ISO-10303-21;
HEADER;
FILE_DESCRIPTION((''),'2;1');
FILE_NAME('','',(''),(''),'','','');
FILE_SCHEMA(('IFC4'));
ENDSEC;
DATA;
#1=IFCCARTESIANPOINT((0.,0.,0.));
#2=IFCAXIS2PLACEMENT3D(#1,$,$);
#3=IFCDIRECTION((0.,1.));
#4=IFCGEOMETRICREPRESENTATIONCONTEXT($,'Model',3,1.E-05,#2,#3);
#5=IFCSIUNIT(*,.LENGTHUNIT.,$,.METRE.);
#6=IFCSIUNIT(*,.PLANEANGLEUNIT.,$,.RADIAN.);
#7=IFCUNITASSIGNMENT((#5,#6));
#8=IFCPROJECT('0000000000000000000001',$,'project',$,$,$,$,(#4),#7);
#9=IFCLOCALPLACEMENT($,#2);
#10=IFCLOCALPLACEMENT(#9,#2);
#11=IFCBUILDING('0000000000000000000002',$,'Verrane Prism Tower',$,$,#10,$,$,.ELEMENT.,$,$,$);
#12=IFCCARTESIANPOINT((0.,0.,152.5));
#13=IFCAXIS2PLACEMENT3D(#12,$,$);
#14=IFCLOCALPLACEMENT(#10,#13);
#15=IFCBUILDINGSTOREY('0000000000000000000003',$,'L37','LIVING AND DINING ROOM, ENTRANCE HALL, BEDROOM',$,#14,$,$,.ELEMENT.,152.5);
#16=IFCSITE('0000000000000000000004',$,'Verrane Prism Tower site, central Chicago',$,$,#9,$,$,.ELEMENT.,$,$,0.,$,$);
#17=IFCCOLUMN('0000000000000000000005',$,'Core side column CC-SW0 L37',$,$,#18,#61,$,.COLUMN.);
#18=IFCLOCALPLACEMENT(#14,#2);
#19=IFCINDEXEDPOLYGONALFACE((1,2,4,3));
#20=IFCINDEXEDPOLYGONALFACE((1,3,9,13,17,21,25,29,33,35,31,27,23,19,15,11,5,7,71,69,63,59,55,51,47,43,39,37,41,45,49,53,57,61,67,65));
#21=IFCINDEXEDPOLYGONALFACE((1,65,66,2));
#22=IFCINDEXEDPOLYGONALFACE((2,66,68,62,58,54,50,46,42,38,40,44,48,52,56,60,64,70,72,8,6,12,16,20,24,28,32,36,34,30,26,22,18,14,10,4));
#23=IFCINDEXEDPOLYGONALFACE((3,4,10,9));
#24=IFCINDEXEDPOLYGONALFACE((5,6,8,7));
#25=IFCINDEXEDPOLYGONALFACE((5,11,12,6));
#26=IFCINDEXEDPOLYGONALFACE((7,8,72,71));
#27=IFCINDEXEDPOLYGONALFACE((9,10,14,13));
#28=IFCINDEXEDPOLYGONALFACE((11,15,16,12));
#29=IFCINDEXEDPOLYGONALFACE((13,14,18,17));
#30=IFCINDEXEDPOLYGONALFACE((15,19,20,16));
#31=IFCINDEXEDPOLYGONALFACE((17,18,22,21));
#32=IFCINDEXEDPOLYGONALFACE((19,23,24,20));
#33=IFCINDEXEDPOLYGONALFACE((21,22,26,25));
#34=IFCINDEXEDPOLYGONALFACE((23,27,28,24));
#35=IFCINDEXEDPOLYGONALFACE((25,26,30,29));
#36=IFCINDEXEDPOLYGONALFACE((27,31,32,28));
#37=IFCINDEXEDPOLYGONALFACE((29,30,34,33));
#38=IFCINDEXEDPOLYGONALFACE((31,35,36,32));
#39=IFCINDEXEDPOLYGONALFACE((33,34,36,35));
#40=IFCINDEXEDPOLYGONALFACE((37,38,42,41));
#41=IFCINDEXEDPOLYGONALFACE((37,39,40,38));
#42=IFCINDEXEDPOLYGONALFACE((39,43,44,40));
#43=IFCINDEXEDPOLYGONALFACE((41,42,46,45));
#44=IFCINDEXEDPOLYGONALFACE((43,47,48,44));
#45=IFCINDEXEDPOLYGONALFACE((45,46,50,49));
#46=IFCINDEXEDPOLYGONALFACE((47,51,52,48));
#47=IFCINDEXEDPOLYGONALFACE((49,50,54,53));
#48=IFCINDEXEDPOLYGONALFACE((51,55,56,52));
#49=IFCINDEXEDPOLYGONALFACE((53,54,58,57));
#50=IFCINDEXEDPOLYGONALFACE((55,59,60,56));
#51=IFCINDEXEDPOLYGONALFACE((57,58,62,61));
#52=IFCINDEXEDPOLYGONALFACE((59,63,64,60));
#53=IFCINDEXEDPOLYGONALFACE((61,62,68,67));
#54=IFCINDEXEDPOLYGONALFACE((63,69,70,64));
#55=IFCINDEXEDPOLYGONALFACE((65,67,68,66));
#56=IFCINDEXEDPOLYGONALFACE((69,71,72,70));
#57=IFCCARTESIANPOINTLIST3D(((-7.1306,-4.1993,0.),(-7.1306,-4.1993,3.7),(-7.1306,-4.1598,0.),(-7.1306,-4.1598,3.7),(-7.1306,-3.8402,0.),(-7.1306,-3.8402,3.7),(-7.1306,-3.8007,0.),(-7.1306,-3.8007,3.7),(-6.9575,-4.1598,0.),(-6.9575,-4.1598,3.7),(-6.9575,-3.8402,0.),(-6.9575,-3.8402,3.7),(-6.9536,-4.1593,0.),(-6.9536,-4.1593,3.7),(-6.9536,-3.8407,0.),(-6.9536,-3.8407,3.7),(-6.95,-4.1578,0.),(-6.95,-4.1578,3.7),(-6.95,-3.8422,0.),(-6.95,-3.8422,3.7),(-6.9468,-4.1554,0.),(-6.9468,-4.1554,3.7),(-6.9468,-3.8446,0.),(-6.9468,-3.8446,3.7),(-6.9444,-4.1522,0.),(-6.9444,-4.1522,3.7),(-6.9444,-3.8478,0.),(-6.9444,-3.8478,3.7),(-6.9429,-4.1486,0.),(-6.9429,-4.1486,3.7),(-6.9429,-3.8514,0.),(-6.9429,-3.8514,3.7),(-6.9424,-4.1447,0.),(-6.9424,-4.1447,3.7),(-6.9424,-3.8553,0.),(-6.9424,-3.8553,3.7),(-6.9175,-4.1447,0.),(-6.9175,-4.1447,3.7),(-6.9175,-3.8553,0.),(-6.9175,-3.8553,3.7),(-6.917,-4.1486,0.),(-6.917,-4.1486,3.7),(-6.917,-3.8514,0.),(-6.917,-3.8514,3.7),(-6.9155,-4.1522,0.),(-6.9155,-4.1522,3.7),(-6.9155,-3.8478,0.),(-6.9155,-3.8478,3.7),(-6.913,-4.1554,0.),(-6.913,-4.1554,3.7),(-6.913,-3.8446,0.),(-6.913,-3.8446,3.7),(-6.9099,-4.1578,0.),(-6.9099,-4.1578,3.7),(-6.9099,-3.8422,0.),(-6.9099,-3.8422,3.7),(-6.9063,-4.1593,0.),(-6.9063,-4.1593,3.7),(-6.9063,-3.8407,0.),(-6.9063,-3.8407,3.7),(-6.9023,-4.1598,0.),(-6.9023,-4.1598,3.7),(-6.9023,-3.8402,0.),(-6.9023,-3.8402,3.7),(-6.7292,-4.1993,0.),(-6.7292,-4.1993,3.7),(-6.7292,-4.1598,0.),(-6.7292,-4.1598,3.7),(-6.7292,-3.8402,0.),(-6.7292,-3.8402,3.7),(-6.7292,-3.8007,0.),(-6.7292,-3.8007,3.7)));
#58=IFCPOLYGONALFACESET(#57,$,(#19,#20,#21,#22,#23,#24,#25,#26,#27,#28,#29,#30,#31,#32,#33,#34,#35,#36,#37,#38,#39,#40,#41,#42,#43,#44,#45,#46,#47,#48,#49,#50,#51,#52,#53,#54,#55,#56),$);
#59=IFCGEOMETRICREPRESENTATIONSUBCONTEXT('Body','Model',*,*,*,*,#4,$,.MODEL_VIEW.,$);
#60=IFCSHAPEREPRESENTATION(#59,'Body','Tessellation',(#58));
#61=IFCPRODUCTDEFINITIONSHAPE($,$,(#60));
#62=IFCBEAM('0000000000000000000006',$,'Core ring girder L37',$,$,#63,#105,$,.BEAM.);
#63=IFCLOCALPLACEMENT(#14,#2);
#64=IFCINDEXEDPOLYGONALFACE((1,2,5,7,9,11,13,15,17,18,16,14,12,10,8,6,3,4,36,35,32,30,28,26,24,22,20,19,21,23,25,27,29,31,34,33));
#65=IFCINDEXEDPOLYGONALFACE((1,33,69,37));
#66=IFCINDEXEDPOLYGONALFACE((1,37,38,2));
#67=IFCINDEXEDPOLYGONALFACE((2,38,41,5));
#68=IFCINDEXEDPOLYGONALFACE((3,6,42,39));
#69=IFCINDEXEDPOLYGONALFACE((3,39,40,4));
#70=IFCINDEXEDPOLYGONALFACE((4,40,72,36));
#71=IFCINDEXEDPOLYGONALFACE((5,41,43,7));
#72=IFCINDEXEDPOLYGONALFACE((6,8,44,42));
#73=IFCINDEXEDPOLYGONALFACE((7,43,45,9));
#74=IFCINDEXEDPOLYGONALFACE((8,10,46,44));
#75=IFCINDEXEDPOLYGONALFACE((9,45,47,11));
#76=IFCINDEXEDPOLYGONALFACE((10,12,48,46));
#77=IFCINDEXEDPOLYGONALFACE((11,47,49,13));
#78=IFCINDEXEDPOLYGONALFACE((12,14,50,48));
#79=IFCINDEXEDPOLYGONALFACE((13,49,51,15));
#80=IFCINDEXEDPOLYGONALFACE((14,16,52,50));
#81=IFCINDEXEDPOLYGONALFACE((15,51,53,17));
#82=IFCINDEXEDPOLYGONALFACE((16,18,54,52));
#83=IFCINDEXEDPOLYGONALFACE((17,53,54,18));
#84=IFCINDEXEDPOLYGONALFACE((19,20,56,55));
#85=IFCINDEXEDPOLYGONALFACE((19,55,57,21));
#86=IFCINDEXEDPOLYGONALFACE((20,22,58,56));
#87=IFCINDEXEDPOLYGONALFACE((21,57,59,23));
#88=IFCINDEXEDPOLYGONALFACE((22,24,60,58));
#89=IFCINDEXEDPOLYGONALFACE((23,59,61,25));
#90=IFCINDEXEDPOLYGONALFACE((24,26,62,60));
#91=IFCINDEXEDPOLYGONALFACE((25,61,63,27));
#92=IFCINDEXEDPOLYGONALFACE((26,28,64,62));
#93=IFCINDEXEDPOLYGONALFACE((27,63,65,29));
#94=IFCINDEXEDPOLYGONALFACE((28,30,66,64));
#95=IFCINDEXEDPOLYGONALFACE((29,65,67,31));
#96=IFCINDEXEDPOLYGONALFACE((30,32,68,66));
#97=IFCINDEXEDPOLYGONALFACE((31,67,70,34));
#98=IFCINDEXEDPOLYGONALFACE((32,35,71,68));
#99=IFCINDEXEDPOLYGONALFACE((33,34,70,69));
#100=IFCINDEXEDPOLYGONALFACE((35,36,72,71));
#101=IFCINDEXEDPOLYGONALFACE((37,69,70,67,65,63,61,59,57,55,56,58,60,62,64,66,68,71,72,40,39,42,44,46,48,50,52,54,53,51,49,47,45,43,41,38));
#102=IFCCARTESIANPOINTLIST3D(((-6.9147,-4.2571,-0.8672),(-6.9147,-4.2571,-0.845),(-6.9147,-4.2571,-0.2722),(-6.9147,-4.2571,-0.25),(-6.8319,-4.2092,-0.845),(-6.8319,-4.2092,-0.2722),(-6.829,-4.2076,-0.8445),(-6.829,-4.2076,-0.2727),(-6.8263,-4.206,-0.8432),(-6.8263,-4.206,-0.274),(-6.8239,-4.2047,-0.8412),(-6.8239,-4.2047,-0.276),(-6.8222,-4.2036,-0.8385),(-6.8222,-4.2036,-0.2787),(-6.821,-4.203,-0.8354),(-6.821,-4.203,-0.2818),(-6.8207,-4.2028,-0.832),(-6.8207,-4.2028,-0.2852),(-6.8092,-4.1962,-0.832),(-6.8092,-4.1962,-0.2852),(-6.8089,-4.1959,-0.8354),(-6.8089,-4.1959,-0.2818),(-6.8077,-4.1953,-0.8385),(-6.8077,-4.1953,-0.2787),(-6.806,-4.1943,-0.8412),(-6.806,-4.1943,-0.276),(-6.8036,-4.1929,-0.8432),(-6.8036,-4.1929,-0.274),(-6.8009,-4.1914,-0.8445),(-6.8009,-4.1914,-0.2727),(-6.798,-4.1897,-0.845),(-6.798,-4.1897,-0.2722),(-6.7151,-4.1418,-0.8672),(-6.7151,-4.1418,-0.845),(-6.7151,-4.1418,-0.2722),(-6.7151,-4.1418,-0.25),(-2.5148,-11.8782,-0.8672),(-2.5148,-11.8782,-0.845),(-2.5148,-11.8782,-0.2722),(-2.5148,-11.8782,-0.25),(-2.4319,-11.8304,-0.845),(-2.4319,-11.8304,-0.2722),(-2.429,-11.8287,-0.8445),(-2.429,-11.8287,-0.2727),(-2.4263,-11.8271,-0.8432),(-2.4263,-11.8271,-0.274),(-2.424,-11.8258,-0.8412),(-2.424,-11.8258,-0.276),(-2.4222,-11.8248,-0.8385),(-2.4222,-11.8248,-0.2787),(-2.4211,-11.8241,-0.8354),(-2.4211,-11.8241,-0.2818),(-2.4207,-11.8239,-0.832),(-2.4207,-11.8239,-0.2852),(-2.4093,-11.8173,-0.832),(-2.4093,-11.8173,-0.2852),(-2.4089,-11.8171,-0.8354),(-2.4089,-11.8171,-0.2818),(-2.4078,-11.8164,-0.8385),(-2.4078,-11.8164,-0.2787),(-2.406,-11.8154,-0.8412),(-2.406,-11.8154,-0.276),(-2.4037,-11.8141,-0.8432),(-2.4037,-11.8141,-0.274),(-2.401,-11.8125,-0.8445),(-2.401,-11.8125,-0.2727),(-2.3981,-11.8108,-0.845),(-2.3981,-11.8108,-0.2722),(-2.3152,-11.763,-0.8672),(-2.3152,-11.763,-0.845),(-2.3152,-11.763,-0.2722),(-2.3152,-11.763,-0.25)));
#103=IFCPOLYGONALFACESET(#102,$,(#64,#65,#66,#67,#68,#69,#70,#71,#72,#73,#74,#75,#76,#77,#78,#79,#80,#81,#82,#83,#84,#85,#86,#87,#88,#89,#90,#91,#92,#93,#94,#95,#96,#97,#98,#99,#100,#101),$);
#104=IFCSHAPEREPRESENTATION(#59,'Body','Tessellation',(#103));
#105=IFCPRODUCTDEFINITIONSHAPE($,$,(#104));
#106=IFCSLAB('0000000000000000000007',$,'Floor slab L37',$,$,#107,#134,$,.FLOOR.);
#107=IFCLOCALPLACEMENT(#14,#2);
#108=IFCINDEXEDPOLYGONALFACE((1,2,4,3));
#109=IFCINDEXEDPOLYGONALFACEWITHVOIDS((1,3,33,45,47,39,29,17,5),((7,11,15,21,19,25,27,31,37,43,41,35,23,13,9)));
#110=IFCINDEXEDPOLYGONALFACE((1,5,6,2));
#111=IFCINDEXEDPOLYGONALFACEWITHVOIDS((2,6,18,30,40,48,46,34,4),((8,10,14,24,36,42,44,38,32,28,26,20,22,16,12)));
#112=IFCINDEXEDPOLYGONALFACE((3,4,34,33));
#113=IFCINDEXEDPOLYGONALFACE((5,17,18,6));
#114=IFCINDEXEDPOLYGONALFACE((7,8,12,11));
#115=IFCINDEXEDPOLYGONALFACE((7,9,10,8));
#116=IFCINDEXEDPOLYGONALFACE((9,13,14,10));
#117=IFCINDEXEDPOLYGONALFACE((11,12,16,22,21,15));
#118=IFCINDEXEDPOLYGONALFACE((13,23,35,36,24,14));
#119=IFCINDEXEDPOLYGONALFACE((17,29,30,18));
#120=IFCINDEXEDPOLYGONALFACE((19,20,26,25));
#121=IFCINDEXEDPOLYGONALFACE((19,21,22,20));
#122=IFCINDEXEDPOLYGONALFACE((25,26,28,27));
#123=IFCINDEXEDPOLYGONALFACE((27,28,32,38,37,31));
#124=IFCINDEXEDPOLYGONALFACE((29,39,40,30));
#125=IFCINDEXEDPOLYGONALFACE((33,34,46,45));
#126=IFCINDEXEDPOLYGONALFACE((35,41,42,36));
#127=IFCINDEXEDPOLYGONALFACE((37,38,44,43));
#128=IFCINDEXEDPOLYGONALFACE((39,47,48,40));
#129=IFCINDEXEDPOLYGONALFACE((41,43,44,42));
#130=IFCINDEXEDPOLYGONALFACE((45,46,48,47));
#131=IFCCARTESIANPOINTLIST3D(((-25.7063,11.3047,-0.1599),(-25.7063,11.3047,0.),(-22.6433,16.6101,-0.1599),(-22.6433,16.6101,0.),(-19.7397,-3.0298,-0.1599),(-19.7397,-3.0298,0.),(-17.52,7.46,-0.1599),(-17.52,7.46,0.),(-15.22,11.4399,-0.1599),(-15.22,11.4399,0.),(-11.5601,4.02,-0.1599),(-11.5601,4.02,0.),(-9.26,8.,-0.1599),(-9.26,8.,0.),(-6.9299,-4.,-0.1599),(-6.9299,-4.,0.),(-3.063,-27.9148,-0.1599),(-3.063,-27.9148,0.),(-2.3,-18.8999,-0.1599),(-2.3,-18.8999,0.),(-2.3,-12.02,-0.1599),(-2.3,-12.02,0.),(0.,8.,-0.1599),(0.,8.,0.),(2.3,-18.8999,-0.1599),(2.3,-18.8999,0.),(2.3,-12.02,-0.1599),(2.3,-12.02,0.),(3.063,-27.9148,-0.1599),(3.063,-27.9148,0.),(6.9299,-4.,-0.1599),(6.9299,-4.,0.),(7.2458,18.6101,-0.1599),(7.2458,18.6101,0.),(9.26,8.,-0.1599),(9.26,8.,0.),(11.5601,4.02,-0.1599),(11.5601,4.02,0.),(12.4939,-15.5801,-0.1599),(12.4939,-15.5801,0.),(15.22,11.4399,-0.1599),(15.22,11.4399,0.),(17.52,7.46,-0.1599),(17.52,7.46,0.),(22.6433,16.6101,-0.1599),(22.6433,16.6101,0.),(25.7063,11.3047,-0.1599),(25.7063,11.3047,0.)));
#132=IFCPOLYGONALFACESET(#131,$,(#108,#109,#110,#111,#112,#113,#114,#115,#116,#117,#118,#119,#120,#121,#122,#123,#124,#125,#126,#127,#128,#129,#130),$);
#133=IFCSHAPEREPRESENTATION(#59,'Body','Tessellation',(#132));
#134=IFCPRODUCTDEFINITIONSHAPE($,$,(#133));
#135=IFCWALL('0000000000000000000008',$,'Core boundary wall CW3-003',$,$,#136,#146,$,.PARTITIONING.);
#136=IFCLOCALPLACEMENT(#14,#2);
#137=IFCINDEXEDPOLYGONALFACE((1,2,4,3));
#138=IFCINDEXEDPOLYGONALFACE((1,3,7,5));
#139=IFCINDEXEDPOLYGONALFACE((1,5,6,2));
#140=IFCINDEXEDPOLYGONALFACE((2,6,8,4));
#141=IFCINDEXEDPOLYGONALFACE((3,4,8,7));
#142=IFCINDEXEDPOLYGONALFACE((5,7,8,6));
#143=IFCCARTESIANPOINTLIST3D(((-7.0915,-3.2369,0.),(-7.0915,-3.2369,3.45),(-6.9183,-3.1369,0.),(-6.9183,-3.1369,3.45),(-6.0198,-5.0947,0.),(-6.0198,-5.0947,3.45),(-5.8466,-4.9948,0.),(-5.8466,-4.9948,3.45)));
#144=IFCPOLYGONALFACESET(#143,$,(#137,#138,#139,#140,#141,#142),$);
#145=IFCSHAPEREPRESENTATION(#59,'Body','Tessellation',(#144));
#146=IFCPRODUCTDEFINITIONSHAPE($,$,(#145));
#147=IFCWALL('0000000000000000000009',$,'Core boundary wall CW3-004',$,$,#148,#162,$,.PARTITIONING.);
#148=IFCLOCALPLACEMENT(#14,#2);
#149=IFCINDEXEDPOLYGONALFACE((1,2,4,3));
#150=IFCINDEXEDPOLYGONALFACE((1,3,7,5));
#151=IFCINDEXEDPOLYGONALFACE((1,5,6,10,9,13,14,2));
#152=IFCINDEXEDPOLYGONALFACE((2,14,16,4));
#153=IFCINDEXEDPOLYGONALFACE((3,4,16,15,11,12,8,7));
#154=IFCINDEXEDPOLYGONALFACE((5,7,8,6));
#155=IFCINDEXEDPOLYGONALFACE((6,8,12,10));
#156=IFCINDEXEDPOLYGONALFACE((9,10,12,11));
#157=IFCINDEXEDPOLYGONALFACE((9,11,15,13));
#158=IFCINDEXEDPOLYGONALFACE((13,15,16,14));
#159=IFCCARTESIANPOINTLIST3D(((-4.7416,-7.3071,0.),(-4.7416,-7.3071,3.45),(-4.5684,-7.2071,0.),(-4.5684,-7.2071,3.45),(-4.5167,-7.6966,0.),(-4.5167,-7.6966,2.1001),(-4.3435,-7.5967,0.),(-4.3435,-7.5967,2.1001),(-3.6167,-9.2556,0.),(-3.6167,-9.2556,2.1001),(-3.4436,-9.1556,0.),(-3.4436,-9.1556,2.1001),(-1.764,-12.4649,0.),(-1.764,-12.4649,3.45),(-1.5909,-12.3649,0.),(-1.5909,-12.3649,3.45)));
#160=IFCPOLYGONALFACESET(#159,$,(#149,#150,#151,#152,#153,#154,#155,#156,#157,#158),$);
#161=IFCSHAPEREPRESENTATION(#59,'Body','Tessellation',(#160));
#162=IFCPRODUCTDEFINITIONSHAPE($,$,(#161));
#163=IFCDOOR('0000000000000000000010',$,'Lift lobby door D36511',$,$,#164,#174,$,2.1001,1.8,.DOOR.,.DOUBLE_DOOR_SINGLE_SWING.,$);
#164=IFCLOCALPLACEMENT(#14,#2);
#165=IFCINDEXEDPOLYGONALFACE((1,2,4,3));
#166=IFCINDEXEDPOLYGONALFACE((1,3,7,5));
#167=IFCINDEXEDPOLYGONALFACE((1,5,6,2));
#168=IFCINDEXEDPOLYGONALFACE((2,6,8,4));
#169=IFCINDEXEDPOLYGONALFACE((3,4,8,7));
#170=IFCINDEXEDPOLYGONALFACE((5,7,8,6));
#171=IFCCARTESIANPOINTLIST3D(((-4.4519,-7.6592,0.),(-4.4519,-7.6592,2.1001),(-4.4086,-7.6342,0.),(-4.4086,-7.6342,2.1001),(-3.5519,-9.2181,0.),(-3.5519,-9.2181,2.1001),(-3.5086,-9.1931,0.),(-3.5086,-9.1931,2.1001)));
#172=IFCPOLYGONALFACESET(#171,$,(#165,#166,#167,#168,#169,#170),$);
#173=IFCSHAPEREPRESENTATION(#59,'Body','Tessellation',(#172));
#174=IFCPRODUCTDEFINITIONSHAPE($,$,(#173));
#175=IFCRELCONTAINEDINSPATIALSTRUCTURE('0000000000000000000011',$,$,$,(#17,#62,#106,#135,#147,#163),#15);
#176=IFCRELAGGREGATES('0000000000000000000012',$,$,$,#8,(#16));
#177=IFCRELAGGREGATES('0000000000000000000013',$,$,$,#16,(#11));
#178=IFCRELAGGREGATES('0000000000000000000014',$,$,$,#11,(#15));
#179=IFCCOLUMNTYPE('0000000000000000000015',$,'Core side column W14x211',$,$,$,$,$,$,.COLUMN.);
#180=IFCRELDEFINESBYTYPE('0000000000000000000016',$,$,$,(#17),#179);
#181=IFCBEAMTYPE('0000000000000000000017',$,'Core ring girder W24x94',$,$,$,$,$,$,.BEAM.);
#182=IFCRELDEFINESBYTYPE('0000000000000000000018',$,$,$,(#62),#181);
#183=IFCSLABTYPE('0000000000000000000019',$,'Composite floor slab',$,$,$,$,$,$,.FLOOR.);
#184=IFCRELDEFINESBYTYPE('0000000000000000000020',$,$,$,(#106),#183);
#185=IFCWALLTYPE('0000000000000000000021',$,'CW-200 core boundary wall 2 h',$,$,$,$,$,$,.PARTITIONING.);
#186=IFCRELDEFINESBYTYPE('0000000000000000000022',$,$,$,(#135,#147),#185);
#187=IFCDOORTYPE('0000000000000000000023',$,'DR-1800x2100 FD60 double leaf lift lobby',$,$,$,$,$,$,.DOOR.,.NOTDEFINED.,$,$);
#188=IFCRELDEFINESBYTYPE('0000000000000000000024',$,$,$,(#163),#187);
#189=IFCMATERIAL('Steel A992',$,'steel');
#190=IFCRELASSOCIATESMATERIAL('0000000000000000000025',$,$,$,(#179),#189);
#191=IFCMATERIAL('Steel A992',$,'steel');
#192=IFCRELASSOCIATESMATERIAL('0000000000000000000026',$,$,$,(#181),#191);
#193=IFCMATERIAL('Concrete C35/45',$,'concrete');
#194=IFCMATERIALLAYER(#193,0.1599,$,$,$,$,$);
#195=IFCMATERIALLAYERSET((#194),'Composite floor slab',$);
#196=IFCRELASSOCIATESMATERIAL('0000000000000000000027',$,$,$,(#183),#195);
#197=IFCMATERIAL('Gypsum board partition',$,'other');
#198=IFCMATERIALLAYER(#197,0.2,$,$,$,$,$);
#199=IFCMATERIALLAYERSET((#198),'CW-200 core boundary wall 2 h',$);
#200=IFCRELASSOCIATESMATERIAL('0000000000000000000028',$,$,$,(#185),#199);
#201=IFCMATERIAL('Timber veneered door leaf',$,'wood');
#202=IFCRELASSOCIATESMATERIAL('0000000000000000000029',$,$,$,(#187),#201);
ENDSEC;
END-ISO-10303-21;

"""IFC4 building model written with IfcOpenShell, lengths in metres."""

from ifc_helpers import new_model, si_unit, direction, frame, frame_2d, origin, origin_2d, place, context, subcontext, project, spatial, polyline, rectangle, i_section, outline, extrude, material, layer, layer_set, material_profile, profile_set, type_object, element, fill, save


model = new_model("IFC4")

# Units and contexts
model_context = context("Model", 3, precision=1e-05, world=origin(), true_north=direction((0.0, 1.0)))
body_context = subcontext(model_context, "Body", "Model", "MODEL_VIEW")
ifc_project = project(units=[si_unit("LENGTHUNIT", "METRE"), si_unit("PLANEANGLEUNIT", "RADIAN")], contexts=[model_context])

# Site, building, storey
site_placement = place(None, origin())
site = spatial("IfcSite", under=ifc_project, at=site_placement, Name="Verrane Prism Tower site, central Chicago", CompositionType="ELEMENT", RefElevation=0.0)
building_placement = place(site_placement, origin())
building = spatial("IfcBuilding", under=site, at=building_placement, Name="Verrane Prism Tower", CompositionType="ELEMENT")
storey_placement = place(building_placement, frame((0.0, 0.0, 152.5)))
storey = spatial("IfcBuildingStorey", under=building, at=storey_placement, Name="L37", Description="LIVING AND DINING ROOM, ENTRANCE HALL, BEDROOM", CompositionType="ELEMENT", Elevation=152.5)

# Column
ifc_material_1 = material(Name="Steel A992", Category="steel")
ifc_material_profile_1 = material_profile(ifc_material_1, i_section(OverallWidth=0.4014, OverallDepth=0.3987, WebThickness=0.0249, FlangeThickness=0.0396, FilletRadius=0.0151, at=origin_2d()), Name="W14x211")
ifc_profile_set_1 = profile_set([ifc_material_profile_1], Name="Steel A992")
column_type = type_object("IfcColumnType", Name="Core side column W14x211", PredefinedType="COLUMN", material=ifc_profile_set_1)
column_placement = place(storey_placement, frame((-6.9299, -4.0, 0.0), z_axis=(0.0, 0.0, 1.0), x_axis=(1.0, 0.0, 0.0)))
element("IfcColumn", 1, at=column_placement, inside=storey, type_object=column_type, Name="Core side column CC-SW0 L37", PredefinedType="COLUMN", context=body_context, shape_type="SweptSolid", body=[
    extrude(i_section(OverallWidth=0.4014, OverallDepth=0.3987, WebThickness=0.0249, FlangeThickness=0.0396, FilletRadius=0.0151, at=origin_2d()), origin(), (0.0, 0.0, 1.0), 3.7),
])

# Beam
ifc_material_2 = material(Name="Steel A992", Category="steel")
ifc_material_profile_2 = material_profile(ifc_material_2, i_section(OverallWidth=0.2305, OverallDepth=0.6172, WebThickness=0.0132, FlangeThickness=0.0222, FilletRadius=0.0129, at=origin_2d()), Name="W24x94")
ifc_profile_set_2 = profile_set([ifc_material_profile_2], Name="Steel A992")
beam_type = type_object("IfcBeamType", Name="Core ring girder W24x94", PredefinedType="BEAM", material=ifc_profile_set_2)
beam_placement = place(storey_placement, frame((-6.8149, -4.1995, -0.5586), z_axis=(0.499988, -0.866032, 0.0), x_axis=(0.866032, 0.499988, 0.0)))
element("IfcBeam", 2, at=beam_placement, inside=storey, type_object=beam_type, Name="Core ring girder L37", PredefinedType="BEAM", context=body_context, shape_type="SweptSolid", body=[
    extrude(i_section(OverallWidth=0.2305, OverallDepth=0.6172, WebThickness=0.0132, FlangeThickness=0.0222, FilletRadius=0.0129, at=origin_2d()), origin(), (0.0, 0.0, 1.0), 8.8),
])

# Slab
ifc_material_3 = material(Name="Concrete C35/45", Category="concrete")
ifc_layer_1 = layer(ifc_material_3, 0.1599)
ifc_layer_set_1 = layer_set([ifc_layer_1], Name="Composite floor slab")
slab_type = type_object("IfcSlabType", Name="Composite floor slab", PredefinedType="FLOOR", material=ifc_layer_set_1)
slab_placement = place(storey_placement, frame((0.0, 0.0, -0.1599)))
element("IfcSlab", 3, at=slab_placement, inside=storey, type_object=slab_type, Name="Floor slab L37", PredefinedType="FLOOR", context=body_context, shape_type="SweptSolid", body=[
    extrude(outline(polyline([(12.4939, -15.5801), (3.063, -27.9148), (-3.063, -27.9148), (-19.7397, -3.0298), (-25.7063, 11.3047), (-22.6433, 16.6101), (7.2458, 18.6101), (22.6433, 16.6101), (25.7063, 11.3047), (12.4939, -15.5801)]), holes=[polyline([(17.52, 7.46), (15.22, 11.4399), (9.26, 8.0), (0.0, 8.0), (-9.26, 8.0), (-15.22, 11.4399), (-17.52, 7.46), (-11.5601, 4.02), (-6.9299, -4.0), (-2.3, -12.02), (-2.3, -18.8999), (2.3, -18.8999), (2.3, -12.02), (6.9299, -4.0), (11.5601, 4.02), (17.52, 7.46)])]), origin(), (0.0, 0.0, 1.0), 0.1599),
])

# Wall
ifc_material_4 = material(Name="Gypsum board partition", Category="other")
ifc_layer_2 = layer(ifc_material_4, 0.2)
ifc_layer_set_2 = layer_set([ifc_layer_2], Name="CW-200 core boundary wall 2 h")
wall_type_1 = type_object("IfcWallType", Name="CW-200 core boundary wall 2 h", PredefinedType="PARTITIONING", material=ifc_layer_set_2)
wall_1_placement = place(storey_placement, frame((-7.0049, -3.187, 0.0), z_axis=(0.0, 0.0, 1.0), x_axis=(0.49969, -0.866205, 0.0)))
element("IfcWall", 4, at=wall_1_placement, inside=storey, type_object=wall_type_1, Name="Core boundary wall CW3-003", PredefinedType="PARTITIONING", context=body_context, shape_type="SweptSolid", body=[
    extrude(rectangle(XDim=2.1448, YDim=0.2, at=frame_2d((1.0723, 0.0))), origin(), (0.0, 0.0, 1.0), 3.45),
])

# Wall, opening, door
wall_2_placement = place(storey_placement, frame((-4.655, -7.2571, 0.0), z_axis=(0.0, 0.0, 1.0), x_axis=(0.499966, -0.866045, 0.0)))
wall_2 = element("IfcWall", 5, at=wall_2_placement, inside=storey, type_object=wall_type_1, Name="Core boundary wall CW3-004", PredefinedType="PARTITIONING", context=body_context, shape_type="SweptSolid", body=[
    extrude(rectangle(XDim=5.9556, YDim=0.2, at=frame_2d((2.9778, 0.0))), origin(), (0.0, 0.0, 1.0), 3.45),
])
opening_1_placement = place(wall_2_placement, frame((0.45, 0.0, 0.0)))
opening_1 = element("IfcOpeningElement", 6, at=opening_1_placement, cuts=wall_2, PredefinedType="OPENING", context=body_context, shape_type="SweptSolid", body=[
    extrude(rectangle(XDim=1.8, YDim=2.1001, at=frame_2d((0.8999, 1.05))), frame((0.0, 0.1099, 0.0), z_axis=(0.0, -1.0, 0.0), x_axis=(1.0, 0.0, 0.0)), (0.0, 0.0, 1.0), 0.22),
])
ifc_material_5 = material(Name="Timber veneered door leaf", Category="wood")
door_type_1 = type_object("IfcDoorType", Name="DR-1800x2100 FD60 double leaf lift lobby", OperationType="NOTDEFINED", PredefinedType="DOOR", material=ifc_material_5)
door_1_placement = place(opening_1_placement, origin())
door_1 = element("IfcDoor", 7, at=door_1_placement, inside=storey, type_object=door_type_1, Name="Lift lobby door D36511", OperationType="DOUBLE_DOOR_SINGLE_SWING", OverallHeight=2.1001, OverallWidth=1.8, PredefinedType="DOOR", context=body_context, shape_type="SweptSolid", body=[
    extrude(rectangle(XDim=1.8, YDim=2.1001, at=frame_2d((0.8999, 1.05))), frame((0.0, 0.0249, 0.0), z_axis=(0.0, -1.0, 0.0), x_axis=(1.0, 0.0, 0.0)), (0.0, 0.0, 1.0), 0.05),
])
fill(opening_1, door_1)

save(model, "model.ifc")
